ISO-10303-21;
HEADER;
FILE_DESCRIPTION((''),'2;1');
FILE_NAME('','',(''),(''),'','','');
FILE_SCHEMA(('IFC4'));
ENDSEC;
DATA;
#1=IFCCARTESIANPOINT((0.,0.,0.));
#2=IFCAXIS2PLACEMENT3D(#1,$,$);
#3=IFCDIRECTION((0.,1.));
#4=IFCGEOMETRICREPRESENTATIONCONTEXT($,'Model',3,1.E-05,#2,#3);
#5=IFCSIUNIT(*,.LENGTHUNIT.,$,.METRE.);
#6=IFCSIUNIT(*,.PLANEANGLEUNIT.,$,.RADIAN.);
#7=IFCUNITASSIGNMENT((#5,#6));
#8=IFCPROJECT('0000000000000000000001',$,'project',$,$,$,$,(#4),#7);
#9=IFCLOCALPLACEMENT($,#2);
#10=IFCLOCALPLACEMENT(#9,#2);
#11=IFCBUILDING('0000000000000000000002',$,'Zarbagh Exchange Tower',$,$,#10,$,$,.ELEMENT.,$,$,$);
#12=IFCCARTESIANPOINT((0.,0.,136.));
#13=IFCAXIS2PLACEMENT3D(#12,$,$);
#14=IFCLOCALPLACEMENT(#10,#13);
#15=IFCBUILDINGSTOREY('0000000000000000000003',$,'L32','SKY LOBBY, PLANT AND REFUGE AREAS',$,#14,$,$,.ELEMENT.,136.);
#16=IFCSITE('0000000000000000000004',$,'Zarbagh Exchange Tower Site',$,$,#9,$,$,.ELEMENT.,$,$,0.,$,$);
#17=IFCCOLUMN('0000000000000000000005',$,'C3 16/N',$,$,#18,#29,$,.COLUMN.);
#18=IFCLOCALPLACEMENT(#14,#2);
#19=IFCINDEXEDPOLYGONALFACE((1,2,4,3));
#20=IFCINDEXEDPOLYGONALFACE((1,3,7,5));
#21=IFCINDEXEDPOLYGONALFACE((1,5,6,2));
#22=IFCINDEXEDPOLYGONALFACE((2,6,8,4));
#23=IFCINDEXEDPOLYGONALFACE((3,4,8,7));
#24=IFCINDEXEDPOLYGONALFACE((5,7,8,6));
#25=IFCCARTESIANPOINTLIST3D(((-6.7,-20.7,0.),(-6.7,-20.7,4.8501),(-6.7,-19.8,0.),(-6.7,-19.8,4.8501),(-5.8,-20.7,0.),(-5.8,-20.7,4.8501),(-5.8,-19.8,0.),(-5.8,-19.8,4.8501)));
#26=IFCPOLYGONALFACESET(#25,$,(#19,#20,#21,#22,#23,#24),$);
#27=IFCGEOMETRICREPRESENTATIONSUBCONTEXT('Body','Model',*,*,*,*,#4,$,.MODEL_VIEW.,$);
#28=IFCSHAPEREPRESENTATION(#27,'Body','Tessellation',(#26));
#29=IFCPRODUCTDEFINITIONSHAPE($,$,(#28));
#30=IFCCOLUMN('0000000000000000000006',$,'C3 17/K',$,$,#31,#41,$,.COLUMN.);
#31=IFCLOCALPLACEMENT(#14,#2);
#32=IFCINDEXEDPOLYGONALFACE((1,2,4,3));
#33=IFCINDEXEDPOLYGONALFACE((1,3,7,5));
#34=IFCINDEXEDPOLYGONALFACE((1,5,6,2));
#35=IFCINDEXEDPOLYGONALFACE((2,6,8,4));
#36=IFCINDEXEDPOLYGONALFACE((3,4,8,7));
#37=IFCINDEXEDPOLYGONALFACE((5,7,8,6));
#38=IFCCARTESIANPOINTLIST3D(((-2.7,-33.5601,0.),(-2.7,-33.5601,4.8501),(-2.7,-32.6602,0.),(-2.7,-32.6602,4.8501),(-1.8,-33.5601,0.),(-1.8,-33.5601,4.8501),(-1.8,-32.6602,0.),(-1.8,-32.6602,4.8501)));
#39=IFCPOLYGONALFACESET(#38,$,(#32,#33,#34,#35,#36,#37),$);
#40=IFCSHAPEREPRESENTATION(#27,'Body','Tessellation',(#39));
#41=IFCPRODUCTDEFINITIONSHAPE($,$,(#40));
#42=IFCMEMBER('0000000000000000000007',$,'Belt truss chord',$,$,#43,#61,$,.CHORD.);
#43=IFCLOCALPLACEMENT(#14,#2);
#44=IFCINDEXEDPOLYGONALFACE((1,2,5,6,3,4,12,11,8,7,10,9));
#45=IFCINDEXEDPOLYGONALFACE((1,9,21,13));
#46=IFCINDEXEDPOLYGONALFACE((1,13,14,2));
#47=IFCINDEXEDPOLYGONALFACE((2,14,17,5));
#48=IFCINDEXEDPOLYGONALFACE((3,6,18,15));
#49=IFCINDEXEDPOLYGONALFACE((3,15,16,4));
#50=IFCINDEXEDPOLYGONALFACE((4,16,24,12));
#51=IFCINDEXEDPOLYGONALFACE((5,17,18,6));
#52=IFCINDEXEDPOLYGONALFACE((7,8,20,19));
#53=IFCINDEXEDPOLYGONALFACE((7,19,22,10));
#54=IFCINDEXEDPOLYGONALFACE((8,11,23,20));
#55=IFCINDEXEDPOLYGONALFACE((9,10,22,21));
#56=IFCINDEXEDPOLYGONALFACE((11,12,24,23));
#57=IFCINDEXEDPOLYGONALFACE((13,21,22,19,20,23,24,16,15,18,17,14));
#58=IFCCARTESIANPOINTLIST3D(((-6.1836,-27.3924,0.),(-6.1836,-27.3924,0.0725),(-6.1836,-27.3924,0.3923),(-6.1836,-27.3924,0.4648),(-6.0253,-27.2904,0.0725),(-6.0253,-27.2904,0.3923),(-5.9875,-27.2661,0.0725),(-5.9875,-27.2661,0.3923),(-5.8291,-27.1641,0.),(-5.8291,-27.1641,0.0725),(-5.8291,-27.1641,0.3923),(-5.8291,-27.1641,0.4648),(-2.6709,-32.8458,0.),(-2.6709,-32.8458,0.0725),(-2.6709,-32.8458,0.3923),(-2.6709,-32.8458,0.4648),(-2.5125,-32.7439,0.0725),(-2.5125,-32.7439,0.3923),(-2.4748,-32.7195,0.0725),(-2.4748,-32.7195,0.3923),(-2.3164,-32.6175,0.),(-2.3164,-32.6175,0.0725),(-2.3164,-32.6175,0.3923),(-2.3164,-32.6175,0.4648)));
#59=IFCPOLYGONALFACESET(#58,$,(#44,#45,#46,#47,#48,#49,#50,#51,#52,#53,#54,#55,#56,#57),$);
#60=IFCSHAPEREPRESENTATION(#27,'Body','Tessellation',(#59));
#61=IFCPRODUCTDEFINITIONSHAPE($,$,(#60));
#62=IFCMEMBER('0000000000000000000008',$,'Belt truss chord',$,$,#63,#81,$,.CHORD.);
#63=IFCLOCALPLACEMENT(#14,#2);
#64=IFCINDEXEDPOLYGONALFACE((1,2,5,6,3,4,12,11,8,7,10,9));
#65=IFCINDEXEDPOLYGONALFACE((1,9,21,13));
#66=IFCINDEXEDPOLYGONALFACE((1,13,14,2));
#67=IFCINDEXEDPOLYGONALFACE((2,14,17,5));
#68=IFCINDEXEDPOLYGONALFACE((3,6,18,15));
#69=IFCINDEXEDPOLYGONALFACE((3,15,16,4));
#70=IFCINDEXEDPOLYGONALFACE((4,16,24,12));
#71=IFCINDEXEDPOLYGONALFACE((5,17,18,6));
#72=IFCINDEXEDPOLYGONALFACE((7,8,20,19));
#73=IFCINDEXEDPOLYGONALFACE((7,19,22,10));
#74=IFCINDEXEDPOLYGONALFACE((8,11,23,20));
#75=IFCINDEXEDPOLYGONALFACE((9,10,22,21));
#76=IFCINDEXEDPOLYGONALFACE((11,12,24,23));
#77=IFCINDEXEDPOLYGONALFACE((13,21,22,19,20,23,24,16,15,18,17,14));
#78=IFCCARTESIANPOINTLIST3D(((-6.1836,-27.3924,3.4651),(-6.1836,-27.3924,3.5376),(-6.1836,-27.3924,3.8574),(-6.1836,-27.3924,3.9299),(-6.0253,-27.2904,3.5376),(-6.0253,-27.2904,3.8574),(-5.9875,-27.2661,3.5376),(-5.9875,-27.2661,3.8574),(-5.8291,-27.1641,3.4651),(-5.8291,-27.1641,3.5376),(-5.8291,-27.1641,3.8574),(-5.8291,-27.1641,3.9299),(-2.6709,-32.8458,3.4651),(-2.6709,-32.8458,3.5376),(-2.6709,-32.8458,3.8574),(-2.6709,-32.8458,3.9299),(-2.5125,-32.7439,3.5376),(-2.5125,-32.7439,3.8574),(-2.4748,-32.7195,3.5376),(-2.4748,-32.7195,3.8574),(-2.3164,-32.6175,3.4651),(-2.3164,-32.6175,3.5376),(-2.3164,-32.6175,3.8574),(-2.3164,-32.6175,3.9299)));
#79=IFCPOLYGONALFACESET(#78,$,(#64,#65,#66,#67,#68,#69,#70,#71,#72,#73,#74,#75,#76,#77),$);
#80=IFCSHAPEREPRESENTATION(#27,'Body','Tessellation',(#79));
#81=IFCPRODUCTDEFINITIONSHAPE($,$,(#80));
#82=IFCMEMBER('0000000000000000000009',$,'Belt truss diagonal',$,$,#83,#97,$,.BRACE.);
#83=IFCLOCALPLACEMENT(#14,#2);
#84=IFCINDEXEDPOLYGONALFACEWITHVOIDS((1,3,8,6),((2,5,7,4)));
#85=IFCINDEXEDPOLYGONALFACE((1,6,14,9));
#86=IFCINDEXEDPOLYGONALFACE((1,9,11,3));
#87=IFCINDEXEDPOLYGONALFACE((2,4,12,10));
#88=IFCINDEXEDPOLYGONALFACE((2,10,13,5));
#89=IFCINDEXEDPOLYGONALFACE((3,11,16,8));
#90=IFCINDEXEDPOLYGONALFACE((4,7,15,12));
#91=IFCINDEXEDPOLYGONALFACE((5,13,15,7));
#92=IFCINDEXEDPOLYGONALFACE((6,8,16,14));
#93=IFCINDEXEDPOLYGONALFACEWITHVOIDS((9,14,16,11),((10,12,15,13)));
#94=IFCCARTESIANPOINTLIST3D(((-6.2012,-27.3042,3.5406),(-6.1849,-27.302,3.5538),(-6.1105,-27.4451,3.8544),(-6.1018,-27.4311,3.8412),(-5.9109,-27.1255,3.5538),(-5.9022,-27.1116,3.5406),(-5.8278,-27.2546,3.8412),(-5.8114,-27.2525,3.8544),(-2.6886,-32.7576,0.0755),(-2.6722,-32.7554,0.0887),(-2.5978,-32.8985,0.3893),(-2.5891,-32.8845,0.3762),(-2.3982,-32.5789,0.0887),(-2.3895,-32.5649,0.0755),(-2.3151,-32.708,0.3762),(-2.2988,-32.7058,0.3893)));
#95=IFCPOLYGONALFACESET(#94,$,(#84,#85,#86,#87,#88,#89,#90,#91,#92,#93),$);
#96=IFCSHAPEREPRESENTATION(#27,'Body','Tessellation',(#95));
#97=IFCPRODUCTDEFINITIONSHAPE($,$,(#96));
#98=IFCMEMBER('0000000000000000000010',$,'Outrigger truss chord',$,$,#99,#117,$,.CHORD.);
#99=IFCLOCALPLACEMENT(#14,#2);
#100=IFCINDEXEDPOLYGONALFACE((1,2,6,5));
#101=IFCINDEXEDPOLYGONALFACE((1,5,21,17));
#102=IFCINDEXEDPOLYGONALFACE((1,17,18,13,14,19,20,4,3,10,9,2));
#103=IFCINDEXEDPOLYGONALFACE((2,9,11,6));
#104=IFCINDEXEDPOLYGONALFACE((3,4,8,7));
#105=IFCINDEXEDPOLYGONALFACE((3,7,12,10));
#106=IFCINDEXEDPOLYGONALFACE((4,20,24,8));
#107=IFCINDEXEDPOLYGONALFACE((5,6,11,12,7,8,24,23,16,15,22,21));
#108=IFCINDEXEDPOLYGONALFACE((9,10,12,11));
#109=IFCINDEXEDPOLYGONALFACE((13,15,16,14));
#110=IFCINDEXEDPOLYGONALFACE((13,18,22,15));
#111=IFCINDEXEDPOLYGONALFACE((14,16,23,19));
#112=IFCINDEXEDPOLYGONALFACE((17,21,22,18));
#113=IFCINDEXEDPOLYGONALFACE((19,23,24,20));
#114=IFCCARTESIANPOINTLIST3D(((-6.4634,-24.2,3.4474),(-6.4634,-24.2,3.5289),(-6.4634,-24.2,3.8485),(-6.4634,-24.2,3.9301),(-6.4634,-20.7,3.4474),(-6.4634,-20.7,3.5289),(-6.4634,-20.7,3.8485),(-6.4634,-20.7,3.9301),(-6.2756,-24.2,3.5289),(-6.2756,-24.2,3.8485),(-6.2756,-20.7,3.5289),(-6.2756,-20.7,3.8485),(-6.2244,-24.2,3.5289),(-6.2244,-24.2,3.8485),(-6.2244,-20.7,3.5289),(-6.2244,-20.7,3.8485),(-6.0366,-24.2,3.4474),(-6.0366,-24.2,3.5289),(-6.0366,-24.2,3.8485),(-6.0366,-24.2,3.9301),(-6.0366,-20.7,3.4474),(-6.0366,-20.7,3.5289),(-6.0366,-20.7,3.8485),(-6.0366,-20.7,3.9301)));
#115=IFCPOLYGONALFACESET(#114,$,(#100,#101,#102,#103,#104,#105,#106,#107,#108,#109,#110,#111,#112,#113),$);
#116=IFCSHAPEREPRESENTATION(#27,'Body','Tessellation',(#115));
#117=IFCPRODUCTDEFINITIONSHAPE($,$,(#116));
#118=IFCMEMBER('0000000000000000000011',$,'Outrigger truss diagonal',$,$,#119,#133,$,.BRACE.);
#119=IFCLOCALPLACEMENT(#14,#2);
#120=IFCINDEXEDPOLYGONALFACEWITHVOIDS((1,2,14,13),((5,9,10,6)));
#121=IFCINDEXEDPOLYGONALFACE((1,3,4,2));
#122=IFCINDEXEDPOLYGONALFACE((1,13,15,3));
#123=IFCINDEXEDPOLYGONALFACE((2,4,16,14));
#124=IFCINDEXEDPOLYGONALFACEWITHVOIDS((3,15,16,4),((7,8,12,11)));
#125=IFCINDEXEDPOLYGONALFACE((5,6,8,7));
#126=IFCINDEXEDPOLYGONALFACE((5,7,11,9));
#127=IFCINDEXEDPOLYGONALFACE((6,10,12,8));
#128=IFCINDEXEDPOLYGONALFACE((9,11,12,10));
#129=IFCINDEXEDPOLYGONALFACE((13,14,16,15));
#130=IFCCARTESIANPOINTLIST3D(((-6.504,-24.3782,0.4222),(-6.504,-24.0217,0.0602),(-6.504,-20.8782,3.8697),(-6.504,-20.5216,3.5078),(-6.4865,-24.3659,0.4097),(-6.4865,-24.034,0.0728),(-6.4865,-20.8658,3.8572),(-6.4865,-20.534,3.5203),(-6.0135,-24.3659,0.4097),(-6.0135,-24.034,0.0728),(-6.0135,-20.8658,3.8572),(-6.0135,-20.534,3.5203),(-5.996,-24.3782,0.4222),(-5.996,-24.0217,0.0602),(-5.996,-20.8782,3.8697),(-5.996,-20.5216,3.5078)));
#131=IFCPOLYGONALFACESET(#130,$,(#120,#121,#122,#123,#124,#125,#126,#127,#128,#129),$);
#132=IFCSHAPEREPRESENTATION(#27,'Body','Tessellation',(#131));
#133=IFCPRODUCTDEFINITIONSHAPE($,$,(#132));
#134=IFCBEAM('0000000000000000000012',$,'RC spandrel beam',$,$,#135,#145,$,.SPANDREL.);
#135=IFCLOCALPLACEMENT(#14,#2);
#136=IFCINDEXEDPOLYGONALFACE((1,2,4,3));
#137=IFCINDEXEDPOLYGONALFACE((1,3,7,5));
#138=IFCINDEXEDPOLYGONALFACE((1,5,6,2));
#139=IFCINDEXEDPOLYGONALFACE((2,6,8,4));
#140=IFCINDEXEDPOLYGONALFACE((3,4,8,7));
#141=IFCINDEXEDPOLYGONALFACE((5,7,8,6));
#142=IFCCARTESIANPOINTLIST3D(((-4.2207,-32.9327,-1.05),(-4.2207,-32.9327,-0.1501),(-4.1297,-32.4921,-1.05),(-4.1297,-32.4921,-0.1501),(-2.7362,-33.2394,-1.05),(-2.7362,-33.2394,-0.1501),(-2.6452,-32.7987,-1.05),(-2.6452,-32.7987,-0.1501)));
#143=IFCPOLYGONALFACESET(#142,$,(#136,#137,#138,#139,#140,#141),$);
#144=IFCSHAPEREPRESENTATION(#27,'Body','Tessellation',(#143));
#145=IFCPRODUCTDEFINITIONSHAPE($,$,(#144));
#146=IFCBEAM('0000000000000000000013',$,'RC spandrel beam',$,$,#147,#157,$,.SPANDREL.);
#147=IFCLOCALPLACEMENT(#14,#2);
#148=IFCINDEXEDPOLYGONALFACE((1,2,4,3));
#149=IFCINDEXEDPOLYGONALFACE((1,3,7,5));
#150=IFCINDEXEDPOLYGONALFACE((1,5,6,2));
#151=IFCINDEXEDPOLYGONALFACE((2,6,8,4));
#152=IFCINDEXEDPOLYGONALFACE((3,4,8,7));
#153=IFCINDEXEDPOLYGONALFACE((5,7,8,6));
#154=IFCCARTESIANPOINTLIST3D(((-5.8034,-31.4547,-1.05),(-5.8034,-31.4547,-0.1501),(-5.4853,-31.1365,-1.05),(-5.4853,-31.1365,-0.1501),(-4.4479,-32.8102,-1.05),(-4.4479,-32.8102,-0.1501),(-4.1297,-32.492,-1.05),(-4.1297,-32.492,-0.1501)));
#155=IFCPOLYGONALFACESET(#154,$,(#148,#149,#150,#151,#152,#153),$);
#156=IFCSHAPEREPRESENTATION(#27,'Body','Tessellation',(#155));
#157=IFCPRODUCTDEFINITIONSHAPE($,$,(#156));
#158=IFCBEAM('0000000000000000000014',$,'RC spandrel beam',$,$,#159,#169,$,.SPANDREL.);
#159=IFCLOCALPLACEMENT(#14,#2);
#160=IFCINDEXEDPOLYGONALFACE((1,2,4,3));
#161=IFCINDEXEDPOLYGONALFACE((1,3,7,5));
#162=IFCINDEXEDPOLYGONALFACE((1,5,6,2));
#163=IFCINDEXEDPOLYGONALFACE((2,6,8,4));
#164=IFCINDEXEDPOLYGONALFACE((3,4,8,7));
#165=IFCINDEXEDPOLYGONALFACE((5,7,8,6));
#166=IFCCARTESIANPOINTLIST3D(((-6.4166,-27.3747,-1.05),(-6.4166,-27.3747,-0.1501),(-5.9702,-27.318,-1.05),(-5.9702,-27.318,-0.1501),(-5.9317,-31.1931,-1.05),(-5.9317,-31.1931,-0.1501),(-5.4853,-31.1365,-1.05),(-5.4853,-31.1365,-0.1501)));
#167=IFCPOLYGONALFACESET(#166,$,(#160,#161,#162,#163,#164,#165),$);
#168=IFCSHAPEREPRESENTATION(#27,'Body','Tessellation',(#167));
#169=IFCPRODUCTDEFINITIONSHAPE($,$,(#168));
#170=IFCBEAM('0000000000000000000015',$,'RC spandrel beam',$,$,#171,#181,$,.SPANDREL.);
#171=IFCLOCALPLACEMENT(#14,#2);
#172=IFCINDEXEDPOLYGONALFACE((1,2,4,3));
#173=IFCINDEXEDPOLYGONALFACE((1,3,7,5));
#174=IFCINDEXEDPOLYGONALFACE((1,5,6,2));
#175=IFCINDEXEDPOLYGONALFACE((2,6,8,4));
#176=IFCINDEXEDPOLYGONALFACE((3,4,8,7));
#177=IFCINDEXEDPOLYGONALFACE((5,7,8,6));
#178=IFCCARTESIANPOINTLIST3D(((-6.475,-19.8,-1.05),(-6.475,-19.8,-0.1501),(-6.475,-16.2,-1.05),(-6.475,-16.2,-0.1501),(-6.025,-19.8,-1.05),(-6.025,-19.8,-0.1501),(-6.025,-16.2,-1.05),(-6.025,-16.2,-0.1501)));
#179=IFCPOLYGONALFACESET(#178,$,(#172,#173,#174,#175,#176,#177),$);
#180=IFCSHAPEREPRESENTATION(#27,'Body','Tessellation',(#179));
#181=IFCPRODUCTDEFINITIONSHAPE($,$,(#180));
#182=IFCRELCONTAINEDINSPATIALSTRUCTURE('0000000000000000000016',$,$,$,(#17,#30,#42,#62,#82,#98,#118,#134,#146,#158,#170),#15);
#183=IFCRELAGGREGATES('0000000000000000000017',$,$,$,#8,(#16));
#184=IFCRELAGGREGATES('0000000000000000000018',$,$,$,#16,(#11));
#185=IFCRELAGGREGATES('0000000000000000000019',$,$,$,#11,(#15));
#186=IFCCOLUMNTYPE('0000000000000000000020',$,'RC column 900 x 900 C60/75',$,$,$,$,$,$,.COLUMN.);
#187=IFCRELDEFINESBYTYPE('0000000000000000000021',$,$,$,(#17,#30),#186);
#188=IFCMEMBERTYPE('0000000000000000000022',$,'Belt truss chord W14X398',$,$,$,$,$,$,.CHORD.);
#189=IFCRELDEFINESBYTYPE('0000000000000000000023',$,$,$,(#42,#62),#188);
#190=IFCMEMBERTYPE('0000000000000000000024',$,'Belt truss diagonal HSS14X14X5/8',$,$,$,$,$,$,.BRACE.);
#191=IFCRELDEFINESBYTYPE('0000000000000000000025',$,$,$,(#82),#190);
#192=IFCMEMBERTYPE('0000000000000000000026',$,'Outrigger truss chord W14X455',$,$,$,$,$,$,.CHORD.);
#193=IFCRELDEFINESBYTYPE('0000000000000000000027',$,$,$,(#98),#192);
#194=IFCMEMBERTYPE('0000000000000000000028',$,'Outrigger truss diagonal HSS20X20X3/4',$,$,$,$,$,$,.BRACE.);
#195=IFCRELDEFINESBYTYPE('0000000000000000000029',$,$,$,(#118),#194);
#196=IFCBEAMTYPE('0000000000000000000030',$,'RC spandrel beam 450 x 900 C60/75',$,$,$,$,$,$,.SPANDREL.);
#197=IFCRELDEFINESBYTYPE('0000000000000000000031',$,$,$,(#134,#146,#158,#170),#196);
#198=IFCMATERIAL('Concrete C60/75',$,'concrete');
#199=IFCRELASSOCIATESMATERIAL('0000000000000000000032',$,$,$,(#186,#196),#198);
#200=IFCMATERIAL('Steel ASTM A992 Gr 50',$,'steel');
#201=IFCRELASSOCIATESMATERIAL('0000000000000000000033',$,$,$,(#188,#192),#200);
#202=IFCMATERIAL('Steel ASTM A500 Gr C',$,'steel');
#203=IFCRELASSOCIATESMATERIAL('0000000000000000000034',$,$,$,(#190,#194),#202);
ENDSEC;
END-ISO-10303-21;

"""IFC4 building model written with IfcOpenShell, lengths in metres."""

from ifc_helpers import new_model, si_unit, direction, frame, origin, origin_2d, place, context, subcontext, project, spatial, rectangle, hollow_rectangle, i_section, extrude, material, material_profile, profile_set, type_object, element, save


model = new_model("IFC4")

# Units and contexts
model_context = context("Model", 3, precision=1e-05, world=origin(), true_north=direction((0.0, 1.0)))
body_context = subcontext(model_context, "Body", "Model", "MODEL_VIEW")
ifc_project = project(units=[si_unit("LENGTHUNIT", "METRE"), si_unit("PLANEANGLEUNIT", "RADIAN")], contexts=[model_context])

# Site, building, storey
site_placement = place(None, origin())
site = spatial("IfcSite", under=ifc_project, at=site_placement, Name="Zarbagh Exchange Tower Site", CompositionType="ELEMENT", RefElevation=0.0)
building_placement = place(site_placement, origin())
building = spatial("IfcBuilding", under=site, at=building_placement, Name="Zarbagh Exchange Tower", CompositionType="ELEMENT")
storey_placement = place(building_placement, frame((0.0, 0.0, 136.0)))
storey = spatial("IfcBuildingStorey", under=building, at=storey_placement, Name="L32", Description="SKY LOBBY, PLANT AND REFUGE AREAS", CompositionType="ELEMENT", Elevation=136.0)

# Columns
ifc_material_1 = material(Name="Concrete C60/75", Category="concrete")
ifc_material_profile_1 = material_profile(ifc_material_1, rectangle(XDim=0.8999, YDim=0.8999, at=origin_2d()), Name="RC column 900 x 900 C60/75")
ifc_profile_set_1 = profile_set([ifc_material_profile_1], Name="Concrete C60/75")
column_type = type_object("IfcColumnType", Name="RC column 900 x 900 C60/75", PredefinedType="COLUMN", material=ifc_profile_set_1)
for number, where, z_axis, x_axis, name in (
    (1, (-6.25, -20.25, 0.0), (0.0, 0.0, 1.0), (1.0, 0.0, 0.0), "C3 16/N"),
    (2, (-2.25, -33.1101, 0.0), (0.0, 0.0, 1.0), (1.0, 0.0, 0.0), "C3 17/K"),
):
    element("IfcColumn", number, at=place(storey_placement, frame(where, z_axis=z_axis, x_axis=x_axis)), inside=storey, type_object=column_type, Name=name, PredefinedType="COLUMN", context=body_context, shape_type="SweptSolid", body=[
        extrude(rectangle(XDim=0.8999, YDim=0.8999, at=origin_2d()), origin(), (0.0, 0.0, 1.0), 4.8501),
    ])

# Members
ifc_material_2 = material(Name="Steel ASTM A992 Gr 50", Category="steel")
ifc_material_profile_2 = material_profile(ifc_material_2, i_section(OverallWidth=0.4216, OverallDepth=0.4648, WebThickness=0.0449, FlangeThickness=0.0725, at=origin_2d()), Name="W14X398")
ifc_profile_set_2 = profile_set([ifc_material_profile_2], Name="Steel ASTM A992 Gr 50")
member_type_1 = type_object("IfcMemberType", Name="Belt truss chord W14X398", PredefinedType="CHORD", material=ifc_profile_set_2)
for number, where, z_axis, x_axis, name in (
    (3, (-2.4937, -32.7317, 0.2324), (-0.541516, 0.84069, 0.0), (-0.84069, -0.541516, 0.0), "Belt truss chord"),
    (4, (-2.4937, -32.7317, 3.6975), (-0.541516, 0.84069, 0.0), (-0.84069, -0.541516, 0.0), "Belt truss chord"),
):
    element("IfcMember", number, at=place(storey_placement, frame(where, z_axis=z_axis, x_axis=x_axis)), inside=storey, type_object=member_type_1, Name=name, PredefinedType="CHORD", context=body_context, shape_type="SweptSolid", body=[
        extrude(i_section(OverallWidth=0.4216, OverallDepth=0.4648, WebThickness=0.0449, FlangeThickness=0.0725, at=origin_2d()), origin(), (0.0, 0.0, 1.0), 6.4868),
    ])
ifc_material_3 = material(Name="Steel ASTM A500 Gr C", Category="steel")
ifc_material_profile_3 = material_profile(ifc_material_3, hollow_rectangle(XDim=0.3557, YDim=0.3557, WallThickness=0.0149, at=origin_2d()), Name="HSS14X14X5/8")
ifc_profile_set_3 = profile_set([ifc_material_profile_3], Name="Steel ASTM A500 Gr C")
member_type_2 = type_object("IfcMemberType", Name="Belt truss diagonal HSS14X14X5/8", PredefinedType="BRACE", material=ifc_profile_set_3)
member_1_placement = place(storey_placement, frame((-2.4937, -32.7317, 0.2324), z_axis=(-0.477641, 0.741525, 0.471168), x_axis=(-0.84069, -0.541516, 0.0)))
element("IfcMember", 5, at=member_1_placement, inside=storey, type_object=member_type_2, Name="Belt truss diagonal", PredefinedType="BRACE", context=body_context, shape_type="SweptSolid", body=[
    extrude(hollow_rectangle(XDim=0.3557, YDim=0.3557, WallThickness=0.0149, at=origin_2d()), origin(), (0.0, 0.0, 1.0), 7.3542),
])
ifc_material_profile_4 = material_profile(ifc_material_2, i_section(OverallWidth=0.4268, OverallDepth=0.4827, WebThickness=0.0513, FlangeThickness=0.0815, at=origin_2d()), Name="W14X455")
ifc_profile_set_4 = profile_set([ifc_material_profile_4], Name="Steel ASTM A992 Gr 50")
member_type_3 = type_object("IfcMemberType", Name="Outrigger truss chord W14X455", PredefinedType="CHORD", material=ifc_profile_set_4)
member_2_placement = place(storey_placement, frame((-6.25, -24.2, 3.6887), z_axis=(0.0, 1.0, 0.0), x_axis=(-1.0, 0.0, 0.0)))
element("IfcMember", 6, at=member_2_placement, inside=storey, type_object=member_type_3, Name="Outrigger truss chord", PredefinedType="CHORD", context=body_context, shape_type="SweptSolid", body=[
    extrude(i_section(OverallWidth=0.4268, OverallDepth=0.4827, WebThickness=0.0513, FlangeThickness=0.0815, at=origin_2d()), origin(), (0.0, 0.0, 1.0), 3.5),
])
ifc_material_profile_5 = material_profile(ifc_material_3, hollow_rectangle(XDim=0.5081, YDim=0.5081, WallThickness=0.0176, at=origin_2d()), Name="HSS20X20X3/4")
ifc_profile_set_5 = profile_set([ifc_material_profile_5], Name="Steel ASTM A500 Gr C")
member_type_4 = type_object("IfcMemberType", Name="Outrigger truss diagonal HSS20X20X3/4", PredefinedType="BRACE", material=ifc_profile_set_5)
member_3_placement = place(storey_placement, frame((-6.25, -24.2, 0.2412), z_axis=(0.0, 0.712429, 0.701744), x_axis=(-1.0, 0.0, 0.0)))
element("IfcMember", 7, at=member_3_placement, inside=storey, type_object=member_type_4, Name="Outrigger truss diagonal", PredefinedType="BRACE", context=body_context, shape_type="SweptSolid", body=[
    extrude(hollow_rectangle(XDim=0.5081, YDim=0.5081, WallThickness=0.0176, at=origin_2d()), origin(), (0.0, 0.0, 1.0), 4.9128),
])

# Beams
ifc_material_profile_6 = material_profile(ifc_material_1, rectangle(XDim=0.45, YDim=0.8999, at=origin_2d()), Name="RC spandrel beam 450 x 900 C60/75")
ifc_profile_set_6 = profile_set([ifc_material_profile_6], Name="Concrete C60/75")
beam_type = type_object("IfcBeamType", Name="RC spandrel beam 450 x 900 C60/75", PredefinedType="SPANDREL", material=ifc_profile_set_6)
beam_1_placement = place(storey_placement, frame((-2.6907, -33.019, -0.6001), z_axis=(-0.979329, 0.202275, 0.0), x_axis=(-0.202275, -0.979329, 0.0)))
element("IfcBeam", 8, at=beam_1_placement, inside=storey, type_object=beam_type, Name="RC spandrel beam", PredefinedType="SPANDREL", context=body_context, shape_type="SweptSolid", body=[
    extrude(rectangle(XDim=0.45, YDim=0.8999, at=origin_2d()), origin(), (0.0, 0.0, 1.0), 1.5159),
])
beam_2_placement = place(storey_placement, frame((-4.2888, -32.6511, -0.6001), z_axis=(-0.707107, 0.707107, 0.0), x_axis=(-0.707107, -0.707107, 0.0)))
element("IfcBeam", 9, at=beam_2_placement, inside=storey, type_object=beam_type, Name="RC spandrel beam", PredefinedType="SPANDREL", context=body_context, shape_type="SweptSolid", body=[
    extrude(rectangle(XDim=0.45, YDim=0.8999, at=origin_2d()), origin(), (0.0, 0.0, 1.0), 1.917),
])
beam_3_placement = place(storey_placement, frame((-5.7085, -31.1648, -0.6001), z_axis=(-0.125971, 0.992034, 0.0), x_axis=(-0.992034, -0.125971, 0.0)))
element("IfcBeam", 10, at=beam_3_placement, inside=storey, type_object=beam_type, Name="RC spandrel beam", PredefinedType="SPANDREL", context=body_context, shape_type="SweptSolid", body=[
    extrude(rectangle(XDim=0.45, YDim=0.8999, at=origin_2d()), origin(), (0.0, 0.0, 1.0), 3.8491),
])
beam_4_placement = place(storey_placement, frame((-6.25, -19.8, -0.6001), z_axis=(0.0, 1.0, 0.0), x_axis=(-1.0, 0.0, 0.0)))
element("IfcBeam", 11, at=beam_4_placement, inside=storey, type_object=beam_type, Name="RC spandrel beam", PredefinedType="SPANDREL", context=body_context, shape_type="SweptSolid", body=[
    extrude(rectangle(XDim=0.45, YDim=0.8999, at=origin_2d()), origin(), (0.0, 0.0, 1.0), 3.6001),
])

save(model, "model.ifc")
